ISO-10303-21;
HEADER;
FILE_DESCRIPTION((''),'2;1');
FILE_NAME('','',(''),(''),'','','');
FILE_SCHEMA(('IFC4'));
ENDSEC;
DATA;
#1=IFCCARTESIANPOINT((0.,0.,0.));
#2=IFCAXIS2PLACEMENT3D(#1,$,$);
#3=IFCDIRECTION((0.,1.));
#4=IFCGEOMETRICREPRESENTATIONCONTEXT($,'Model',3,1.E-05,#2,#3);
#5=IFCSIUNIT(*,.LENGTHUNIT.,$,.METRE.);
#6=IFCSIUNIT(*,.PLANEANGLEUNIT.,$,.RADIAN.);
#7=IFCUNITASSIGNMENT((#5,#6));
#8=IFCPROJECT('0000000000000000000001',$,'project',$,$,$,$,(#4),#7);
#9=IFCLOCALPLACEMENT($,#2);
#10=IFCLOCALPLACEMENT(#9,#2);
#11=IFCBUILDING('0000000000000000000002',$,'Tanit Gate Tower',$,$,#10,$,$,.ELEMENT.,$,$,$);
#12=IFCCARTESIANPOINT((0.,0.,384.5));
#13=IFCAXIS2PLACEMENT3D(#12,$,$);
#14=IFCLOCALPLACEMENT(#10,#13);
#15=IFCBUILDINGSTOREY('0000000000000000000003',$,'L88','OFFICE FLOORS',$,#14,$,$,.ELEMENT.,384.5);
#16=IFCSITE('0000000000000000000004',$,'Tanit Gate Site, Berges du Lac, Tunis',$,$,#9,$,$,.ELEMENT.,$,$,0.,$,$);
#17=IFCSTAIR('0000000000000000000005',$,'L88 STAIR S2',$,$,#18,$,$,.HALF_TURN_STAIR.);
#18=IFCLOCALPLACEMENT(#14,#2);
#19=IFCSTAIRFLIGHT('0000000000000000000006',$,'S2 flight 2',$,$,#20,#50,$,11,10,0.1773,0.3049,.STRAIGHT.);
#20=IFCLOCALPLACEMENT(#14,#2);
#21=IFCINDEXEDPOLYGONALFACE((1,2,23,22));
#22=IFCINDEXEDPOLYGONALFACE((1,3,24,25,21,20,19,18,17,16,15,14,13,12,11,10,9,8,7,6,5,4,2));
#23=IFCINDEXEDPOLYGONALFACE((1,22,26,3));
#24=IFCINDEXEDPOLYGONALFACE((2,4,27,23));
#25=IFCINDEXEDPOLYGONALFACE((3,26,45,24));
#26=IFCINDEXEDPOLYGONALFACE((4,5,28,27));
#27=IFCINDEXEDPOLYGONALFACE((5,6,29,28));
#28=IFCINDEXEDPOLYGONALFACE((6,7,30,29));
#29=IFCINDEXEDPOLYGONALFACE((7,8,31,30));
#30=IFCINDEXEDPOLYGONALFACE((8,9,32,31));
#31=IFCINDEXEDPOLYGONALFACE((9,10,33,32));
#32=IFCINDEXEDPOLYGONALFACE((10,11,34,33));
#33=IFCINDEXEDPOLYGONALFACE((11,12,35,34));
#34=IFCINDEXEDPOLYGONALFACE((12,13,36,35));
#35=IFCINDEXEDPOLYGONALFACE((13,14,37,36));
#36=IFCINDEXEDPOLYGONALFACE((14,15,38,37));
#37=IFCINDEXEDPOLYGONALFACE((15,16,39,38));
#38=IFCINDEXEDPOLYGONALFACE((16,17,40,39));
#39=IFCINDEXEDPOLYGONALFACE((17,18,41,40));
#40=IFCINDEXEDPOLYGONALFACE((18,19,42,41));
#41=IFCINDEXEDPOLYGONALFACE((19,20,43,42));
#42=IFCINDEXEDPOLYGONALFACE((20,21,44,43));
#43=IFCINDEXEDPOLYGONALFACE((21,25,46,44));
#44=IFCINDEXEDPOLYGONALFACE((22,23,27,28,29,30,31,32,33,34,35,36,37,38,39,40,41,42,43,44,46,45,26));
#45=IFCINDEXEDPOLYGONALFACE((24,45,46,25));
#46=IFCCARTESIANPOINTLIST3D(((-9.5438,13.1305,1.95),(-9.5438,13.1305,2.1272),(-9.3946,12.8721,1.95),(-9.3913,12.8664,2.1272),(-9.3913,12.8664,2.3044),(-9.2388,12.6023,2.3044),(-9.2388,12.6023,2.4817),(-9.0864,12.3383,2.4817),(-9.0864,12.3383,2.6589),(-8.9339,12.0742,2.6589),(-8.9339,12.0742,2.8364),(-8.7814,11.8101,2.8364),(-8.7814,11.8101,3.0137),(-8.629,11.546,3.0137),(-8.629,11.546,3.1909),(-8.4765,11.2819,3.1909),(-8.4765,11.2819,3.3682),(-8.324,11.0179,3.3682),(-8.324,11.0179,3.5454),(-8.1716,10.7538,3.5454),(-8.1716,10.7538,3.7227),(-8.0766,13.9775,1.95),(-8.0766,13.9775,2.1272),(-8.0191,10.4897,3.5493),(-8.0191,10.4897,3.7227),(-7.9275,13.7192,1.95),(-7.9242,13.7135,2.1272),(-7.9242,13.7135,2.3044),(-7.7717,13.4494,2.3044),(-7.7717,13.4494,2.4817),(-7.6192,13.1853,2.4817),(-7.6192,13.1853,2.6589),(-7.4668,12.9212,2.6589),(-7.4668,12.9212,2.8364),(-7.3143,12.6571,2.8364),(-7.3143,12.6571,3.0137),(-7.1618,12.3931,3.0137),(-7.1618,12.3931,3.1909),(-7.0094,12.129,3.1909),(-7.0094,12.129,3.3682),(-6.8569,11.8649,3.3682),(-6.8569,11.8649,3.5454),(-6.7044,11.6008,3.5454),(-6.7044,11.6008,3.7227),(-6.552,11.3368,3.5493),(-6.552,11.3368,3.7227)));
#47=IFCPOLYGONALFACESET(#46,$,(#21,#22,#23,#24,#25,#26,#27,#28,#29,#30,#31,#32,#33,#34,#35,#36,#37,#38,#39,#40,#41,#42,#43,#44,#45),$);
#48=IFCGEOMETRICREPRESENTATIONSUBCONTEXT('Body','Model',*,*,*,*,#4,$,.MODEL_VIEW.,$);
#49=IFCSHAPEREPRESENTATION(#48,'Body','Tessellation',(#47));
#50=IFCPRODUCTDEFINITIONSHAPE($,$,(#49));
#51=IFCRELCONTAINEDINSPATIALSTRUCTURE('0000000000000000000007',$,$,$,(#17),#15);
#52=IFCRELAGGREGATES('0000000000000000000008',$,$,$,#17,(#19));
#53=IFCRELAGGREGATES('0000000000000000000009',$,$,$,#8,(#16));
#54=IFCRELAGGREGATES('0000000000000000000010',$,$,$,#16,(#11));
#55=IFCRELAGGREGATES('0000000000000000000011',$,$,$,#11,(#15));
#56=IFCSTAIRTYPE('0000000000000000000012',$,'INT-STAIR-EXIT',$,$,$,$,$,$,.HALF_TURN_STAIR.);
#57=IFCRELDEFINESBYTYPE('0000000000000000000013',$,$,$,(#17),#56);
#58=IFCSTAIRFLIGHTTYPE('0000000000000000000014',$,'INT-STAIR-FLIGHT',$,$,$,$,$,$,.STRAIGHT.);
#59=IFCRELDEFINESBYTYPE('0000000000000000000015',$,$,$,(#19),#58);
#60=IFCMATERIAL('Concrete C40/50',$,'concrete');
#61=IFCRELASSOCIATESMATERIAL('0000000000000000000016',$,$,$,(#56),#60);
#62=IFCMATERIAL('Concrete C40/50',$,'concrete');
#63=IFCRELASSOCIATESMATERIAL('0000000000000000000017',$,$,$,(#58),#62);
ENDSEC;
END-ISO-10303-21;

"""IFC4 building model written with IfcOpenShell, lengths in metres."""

from ifc_helpers import new_model, si_unit, direction, frame, origin, place, context, subcontext, project, spatial, polyline, outline, extrude, material, type_object, element, aggregate, save


model = new_model("IFC4")

# Units and contexts
model_context = context("Model", 3, precision=1e-05, world=origin(), true_north=direction((0.0, 1.0)))
body_context = subcontext(model_context, "Body", "Model", "MODEL_VIEW")
ifc_project = project(units=[si_unit("LENGTHUNIT", "METRE"), si_unit("PLANEANGLEUNIT", "RADIAN")], contexts=[model_context])

# Site, building, storey
site_placement = place(None, origin())
site = spatial("IfcSite", under=ifc_project, at=site_placement, Name="Tanit Gate Site, Berges du Lac, Tunis", CompositionType="ELEMENT", RefElevation=0.0)
building_placement = place(site_placement, origin())
building = spatial("IfcBuilding", under=site, at=building_placement, Name="Tanit Gate Tower", CompositionType="ELEMENT")
storey_placement = place(building_placement, frame((0.0, 0.0, 384.5)))
storey = spatial("IfcBuildingStorey", under=building, at=storey_placement, Name="L88", Description="OFFICE FLOORS", CompositionType="ELEMENT", Elevation=384.5)

# Stair, stair flight
ifc_material_1 = material(Name="Concrete C40/50", Category="concrete")
stair_type = type_object("IfcStairType", Name="INT-STAIR-EXIT", PredefinedType="HALF_TURN_STAIR", material=ifc_material_1)
stair_placement = place(storey_placement, origin())
stair = element("IfcStair", 1, at=stair_placement, inside=storey, type_object=stair_type, Name="L88 STAIR S2", PredefinedType="HALF_TURN_STAIR")
ifc_material_2 = material(Name="Concrete C40/50", Category="concrete")
stair_flight_type = type_object("IfcStairFlightType", Name="INT-STAIR-FLIGHT", PredefinedType="STRAIGHT", material=ifc_material_2)
stair_flight_placement = place(storey_placement, frame((-8.8103, 13.554, 1.95), z_axis=(0.0, 0.0, 1.0), x_axis=(0.5, -0.866025, 0.0)))
stair_flight = element("IfcStairFlight", 2, at=stair_flight_placement, type_object=stair_flight_type, Name="S2 flight 2", NumberOfRisers=11, NumberOfTreads=10, PredefinedType="STRAIGHT", RiserHeight=0.1773, TreadLength=0.3049, context=body_context, shape_type="SweptSolid", body=[
    extrude(outline(polyline([(0.0, 0.0), (0.0, 0.1772), (0.3049, 0.1772), (0.3049, 0.3545), (0.6099, 0.3545), (0.6099, 0.5317), (0.9148, 0.5317), (0.9148, 0.709), (1.2197, 0.709), (1.2197, 0.8865), (1.5247, 0.8865), (1.5247, 1.0637), (1.8296, 1.0637), (1.8296, 1.241), (2.1345, 1.241), (2.1345, 1.4182), (2.4395, 1.4182), (2.4395, 1.5955), (2.7444, 1.5955), (2.7444, 1.7727), (3.0493, 1.7727), (3.0493, 1.95), (3.0493, 1.5994), (0.2983, 0.0), (0.0, 0.0)])), frame((0.0, 0.8472, 0.0), z_axis=(0.0, -1.0, 0.0), x_axis=(1.0, 0.0, 0.0)), (0.0, 0.0, 1.0), 1.6941),
])
aggregate(stair, [stair_flight])

save(model, "model.ifc")
